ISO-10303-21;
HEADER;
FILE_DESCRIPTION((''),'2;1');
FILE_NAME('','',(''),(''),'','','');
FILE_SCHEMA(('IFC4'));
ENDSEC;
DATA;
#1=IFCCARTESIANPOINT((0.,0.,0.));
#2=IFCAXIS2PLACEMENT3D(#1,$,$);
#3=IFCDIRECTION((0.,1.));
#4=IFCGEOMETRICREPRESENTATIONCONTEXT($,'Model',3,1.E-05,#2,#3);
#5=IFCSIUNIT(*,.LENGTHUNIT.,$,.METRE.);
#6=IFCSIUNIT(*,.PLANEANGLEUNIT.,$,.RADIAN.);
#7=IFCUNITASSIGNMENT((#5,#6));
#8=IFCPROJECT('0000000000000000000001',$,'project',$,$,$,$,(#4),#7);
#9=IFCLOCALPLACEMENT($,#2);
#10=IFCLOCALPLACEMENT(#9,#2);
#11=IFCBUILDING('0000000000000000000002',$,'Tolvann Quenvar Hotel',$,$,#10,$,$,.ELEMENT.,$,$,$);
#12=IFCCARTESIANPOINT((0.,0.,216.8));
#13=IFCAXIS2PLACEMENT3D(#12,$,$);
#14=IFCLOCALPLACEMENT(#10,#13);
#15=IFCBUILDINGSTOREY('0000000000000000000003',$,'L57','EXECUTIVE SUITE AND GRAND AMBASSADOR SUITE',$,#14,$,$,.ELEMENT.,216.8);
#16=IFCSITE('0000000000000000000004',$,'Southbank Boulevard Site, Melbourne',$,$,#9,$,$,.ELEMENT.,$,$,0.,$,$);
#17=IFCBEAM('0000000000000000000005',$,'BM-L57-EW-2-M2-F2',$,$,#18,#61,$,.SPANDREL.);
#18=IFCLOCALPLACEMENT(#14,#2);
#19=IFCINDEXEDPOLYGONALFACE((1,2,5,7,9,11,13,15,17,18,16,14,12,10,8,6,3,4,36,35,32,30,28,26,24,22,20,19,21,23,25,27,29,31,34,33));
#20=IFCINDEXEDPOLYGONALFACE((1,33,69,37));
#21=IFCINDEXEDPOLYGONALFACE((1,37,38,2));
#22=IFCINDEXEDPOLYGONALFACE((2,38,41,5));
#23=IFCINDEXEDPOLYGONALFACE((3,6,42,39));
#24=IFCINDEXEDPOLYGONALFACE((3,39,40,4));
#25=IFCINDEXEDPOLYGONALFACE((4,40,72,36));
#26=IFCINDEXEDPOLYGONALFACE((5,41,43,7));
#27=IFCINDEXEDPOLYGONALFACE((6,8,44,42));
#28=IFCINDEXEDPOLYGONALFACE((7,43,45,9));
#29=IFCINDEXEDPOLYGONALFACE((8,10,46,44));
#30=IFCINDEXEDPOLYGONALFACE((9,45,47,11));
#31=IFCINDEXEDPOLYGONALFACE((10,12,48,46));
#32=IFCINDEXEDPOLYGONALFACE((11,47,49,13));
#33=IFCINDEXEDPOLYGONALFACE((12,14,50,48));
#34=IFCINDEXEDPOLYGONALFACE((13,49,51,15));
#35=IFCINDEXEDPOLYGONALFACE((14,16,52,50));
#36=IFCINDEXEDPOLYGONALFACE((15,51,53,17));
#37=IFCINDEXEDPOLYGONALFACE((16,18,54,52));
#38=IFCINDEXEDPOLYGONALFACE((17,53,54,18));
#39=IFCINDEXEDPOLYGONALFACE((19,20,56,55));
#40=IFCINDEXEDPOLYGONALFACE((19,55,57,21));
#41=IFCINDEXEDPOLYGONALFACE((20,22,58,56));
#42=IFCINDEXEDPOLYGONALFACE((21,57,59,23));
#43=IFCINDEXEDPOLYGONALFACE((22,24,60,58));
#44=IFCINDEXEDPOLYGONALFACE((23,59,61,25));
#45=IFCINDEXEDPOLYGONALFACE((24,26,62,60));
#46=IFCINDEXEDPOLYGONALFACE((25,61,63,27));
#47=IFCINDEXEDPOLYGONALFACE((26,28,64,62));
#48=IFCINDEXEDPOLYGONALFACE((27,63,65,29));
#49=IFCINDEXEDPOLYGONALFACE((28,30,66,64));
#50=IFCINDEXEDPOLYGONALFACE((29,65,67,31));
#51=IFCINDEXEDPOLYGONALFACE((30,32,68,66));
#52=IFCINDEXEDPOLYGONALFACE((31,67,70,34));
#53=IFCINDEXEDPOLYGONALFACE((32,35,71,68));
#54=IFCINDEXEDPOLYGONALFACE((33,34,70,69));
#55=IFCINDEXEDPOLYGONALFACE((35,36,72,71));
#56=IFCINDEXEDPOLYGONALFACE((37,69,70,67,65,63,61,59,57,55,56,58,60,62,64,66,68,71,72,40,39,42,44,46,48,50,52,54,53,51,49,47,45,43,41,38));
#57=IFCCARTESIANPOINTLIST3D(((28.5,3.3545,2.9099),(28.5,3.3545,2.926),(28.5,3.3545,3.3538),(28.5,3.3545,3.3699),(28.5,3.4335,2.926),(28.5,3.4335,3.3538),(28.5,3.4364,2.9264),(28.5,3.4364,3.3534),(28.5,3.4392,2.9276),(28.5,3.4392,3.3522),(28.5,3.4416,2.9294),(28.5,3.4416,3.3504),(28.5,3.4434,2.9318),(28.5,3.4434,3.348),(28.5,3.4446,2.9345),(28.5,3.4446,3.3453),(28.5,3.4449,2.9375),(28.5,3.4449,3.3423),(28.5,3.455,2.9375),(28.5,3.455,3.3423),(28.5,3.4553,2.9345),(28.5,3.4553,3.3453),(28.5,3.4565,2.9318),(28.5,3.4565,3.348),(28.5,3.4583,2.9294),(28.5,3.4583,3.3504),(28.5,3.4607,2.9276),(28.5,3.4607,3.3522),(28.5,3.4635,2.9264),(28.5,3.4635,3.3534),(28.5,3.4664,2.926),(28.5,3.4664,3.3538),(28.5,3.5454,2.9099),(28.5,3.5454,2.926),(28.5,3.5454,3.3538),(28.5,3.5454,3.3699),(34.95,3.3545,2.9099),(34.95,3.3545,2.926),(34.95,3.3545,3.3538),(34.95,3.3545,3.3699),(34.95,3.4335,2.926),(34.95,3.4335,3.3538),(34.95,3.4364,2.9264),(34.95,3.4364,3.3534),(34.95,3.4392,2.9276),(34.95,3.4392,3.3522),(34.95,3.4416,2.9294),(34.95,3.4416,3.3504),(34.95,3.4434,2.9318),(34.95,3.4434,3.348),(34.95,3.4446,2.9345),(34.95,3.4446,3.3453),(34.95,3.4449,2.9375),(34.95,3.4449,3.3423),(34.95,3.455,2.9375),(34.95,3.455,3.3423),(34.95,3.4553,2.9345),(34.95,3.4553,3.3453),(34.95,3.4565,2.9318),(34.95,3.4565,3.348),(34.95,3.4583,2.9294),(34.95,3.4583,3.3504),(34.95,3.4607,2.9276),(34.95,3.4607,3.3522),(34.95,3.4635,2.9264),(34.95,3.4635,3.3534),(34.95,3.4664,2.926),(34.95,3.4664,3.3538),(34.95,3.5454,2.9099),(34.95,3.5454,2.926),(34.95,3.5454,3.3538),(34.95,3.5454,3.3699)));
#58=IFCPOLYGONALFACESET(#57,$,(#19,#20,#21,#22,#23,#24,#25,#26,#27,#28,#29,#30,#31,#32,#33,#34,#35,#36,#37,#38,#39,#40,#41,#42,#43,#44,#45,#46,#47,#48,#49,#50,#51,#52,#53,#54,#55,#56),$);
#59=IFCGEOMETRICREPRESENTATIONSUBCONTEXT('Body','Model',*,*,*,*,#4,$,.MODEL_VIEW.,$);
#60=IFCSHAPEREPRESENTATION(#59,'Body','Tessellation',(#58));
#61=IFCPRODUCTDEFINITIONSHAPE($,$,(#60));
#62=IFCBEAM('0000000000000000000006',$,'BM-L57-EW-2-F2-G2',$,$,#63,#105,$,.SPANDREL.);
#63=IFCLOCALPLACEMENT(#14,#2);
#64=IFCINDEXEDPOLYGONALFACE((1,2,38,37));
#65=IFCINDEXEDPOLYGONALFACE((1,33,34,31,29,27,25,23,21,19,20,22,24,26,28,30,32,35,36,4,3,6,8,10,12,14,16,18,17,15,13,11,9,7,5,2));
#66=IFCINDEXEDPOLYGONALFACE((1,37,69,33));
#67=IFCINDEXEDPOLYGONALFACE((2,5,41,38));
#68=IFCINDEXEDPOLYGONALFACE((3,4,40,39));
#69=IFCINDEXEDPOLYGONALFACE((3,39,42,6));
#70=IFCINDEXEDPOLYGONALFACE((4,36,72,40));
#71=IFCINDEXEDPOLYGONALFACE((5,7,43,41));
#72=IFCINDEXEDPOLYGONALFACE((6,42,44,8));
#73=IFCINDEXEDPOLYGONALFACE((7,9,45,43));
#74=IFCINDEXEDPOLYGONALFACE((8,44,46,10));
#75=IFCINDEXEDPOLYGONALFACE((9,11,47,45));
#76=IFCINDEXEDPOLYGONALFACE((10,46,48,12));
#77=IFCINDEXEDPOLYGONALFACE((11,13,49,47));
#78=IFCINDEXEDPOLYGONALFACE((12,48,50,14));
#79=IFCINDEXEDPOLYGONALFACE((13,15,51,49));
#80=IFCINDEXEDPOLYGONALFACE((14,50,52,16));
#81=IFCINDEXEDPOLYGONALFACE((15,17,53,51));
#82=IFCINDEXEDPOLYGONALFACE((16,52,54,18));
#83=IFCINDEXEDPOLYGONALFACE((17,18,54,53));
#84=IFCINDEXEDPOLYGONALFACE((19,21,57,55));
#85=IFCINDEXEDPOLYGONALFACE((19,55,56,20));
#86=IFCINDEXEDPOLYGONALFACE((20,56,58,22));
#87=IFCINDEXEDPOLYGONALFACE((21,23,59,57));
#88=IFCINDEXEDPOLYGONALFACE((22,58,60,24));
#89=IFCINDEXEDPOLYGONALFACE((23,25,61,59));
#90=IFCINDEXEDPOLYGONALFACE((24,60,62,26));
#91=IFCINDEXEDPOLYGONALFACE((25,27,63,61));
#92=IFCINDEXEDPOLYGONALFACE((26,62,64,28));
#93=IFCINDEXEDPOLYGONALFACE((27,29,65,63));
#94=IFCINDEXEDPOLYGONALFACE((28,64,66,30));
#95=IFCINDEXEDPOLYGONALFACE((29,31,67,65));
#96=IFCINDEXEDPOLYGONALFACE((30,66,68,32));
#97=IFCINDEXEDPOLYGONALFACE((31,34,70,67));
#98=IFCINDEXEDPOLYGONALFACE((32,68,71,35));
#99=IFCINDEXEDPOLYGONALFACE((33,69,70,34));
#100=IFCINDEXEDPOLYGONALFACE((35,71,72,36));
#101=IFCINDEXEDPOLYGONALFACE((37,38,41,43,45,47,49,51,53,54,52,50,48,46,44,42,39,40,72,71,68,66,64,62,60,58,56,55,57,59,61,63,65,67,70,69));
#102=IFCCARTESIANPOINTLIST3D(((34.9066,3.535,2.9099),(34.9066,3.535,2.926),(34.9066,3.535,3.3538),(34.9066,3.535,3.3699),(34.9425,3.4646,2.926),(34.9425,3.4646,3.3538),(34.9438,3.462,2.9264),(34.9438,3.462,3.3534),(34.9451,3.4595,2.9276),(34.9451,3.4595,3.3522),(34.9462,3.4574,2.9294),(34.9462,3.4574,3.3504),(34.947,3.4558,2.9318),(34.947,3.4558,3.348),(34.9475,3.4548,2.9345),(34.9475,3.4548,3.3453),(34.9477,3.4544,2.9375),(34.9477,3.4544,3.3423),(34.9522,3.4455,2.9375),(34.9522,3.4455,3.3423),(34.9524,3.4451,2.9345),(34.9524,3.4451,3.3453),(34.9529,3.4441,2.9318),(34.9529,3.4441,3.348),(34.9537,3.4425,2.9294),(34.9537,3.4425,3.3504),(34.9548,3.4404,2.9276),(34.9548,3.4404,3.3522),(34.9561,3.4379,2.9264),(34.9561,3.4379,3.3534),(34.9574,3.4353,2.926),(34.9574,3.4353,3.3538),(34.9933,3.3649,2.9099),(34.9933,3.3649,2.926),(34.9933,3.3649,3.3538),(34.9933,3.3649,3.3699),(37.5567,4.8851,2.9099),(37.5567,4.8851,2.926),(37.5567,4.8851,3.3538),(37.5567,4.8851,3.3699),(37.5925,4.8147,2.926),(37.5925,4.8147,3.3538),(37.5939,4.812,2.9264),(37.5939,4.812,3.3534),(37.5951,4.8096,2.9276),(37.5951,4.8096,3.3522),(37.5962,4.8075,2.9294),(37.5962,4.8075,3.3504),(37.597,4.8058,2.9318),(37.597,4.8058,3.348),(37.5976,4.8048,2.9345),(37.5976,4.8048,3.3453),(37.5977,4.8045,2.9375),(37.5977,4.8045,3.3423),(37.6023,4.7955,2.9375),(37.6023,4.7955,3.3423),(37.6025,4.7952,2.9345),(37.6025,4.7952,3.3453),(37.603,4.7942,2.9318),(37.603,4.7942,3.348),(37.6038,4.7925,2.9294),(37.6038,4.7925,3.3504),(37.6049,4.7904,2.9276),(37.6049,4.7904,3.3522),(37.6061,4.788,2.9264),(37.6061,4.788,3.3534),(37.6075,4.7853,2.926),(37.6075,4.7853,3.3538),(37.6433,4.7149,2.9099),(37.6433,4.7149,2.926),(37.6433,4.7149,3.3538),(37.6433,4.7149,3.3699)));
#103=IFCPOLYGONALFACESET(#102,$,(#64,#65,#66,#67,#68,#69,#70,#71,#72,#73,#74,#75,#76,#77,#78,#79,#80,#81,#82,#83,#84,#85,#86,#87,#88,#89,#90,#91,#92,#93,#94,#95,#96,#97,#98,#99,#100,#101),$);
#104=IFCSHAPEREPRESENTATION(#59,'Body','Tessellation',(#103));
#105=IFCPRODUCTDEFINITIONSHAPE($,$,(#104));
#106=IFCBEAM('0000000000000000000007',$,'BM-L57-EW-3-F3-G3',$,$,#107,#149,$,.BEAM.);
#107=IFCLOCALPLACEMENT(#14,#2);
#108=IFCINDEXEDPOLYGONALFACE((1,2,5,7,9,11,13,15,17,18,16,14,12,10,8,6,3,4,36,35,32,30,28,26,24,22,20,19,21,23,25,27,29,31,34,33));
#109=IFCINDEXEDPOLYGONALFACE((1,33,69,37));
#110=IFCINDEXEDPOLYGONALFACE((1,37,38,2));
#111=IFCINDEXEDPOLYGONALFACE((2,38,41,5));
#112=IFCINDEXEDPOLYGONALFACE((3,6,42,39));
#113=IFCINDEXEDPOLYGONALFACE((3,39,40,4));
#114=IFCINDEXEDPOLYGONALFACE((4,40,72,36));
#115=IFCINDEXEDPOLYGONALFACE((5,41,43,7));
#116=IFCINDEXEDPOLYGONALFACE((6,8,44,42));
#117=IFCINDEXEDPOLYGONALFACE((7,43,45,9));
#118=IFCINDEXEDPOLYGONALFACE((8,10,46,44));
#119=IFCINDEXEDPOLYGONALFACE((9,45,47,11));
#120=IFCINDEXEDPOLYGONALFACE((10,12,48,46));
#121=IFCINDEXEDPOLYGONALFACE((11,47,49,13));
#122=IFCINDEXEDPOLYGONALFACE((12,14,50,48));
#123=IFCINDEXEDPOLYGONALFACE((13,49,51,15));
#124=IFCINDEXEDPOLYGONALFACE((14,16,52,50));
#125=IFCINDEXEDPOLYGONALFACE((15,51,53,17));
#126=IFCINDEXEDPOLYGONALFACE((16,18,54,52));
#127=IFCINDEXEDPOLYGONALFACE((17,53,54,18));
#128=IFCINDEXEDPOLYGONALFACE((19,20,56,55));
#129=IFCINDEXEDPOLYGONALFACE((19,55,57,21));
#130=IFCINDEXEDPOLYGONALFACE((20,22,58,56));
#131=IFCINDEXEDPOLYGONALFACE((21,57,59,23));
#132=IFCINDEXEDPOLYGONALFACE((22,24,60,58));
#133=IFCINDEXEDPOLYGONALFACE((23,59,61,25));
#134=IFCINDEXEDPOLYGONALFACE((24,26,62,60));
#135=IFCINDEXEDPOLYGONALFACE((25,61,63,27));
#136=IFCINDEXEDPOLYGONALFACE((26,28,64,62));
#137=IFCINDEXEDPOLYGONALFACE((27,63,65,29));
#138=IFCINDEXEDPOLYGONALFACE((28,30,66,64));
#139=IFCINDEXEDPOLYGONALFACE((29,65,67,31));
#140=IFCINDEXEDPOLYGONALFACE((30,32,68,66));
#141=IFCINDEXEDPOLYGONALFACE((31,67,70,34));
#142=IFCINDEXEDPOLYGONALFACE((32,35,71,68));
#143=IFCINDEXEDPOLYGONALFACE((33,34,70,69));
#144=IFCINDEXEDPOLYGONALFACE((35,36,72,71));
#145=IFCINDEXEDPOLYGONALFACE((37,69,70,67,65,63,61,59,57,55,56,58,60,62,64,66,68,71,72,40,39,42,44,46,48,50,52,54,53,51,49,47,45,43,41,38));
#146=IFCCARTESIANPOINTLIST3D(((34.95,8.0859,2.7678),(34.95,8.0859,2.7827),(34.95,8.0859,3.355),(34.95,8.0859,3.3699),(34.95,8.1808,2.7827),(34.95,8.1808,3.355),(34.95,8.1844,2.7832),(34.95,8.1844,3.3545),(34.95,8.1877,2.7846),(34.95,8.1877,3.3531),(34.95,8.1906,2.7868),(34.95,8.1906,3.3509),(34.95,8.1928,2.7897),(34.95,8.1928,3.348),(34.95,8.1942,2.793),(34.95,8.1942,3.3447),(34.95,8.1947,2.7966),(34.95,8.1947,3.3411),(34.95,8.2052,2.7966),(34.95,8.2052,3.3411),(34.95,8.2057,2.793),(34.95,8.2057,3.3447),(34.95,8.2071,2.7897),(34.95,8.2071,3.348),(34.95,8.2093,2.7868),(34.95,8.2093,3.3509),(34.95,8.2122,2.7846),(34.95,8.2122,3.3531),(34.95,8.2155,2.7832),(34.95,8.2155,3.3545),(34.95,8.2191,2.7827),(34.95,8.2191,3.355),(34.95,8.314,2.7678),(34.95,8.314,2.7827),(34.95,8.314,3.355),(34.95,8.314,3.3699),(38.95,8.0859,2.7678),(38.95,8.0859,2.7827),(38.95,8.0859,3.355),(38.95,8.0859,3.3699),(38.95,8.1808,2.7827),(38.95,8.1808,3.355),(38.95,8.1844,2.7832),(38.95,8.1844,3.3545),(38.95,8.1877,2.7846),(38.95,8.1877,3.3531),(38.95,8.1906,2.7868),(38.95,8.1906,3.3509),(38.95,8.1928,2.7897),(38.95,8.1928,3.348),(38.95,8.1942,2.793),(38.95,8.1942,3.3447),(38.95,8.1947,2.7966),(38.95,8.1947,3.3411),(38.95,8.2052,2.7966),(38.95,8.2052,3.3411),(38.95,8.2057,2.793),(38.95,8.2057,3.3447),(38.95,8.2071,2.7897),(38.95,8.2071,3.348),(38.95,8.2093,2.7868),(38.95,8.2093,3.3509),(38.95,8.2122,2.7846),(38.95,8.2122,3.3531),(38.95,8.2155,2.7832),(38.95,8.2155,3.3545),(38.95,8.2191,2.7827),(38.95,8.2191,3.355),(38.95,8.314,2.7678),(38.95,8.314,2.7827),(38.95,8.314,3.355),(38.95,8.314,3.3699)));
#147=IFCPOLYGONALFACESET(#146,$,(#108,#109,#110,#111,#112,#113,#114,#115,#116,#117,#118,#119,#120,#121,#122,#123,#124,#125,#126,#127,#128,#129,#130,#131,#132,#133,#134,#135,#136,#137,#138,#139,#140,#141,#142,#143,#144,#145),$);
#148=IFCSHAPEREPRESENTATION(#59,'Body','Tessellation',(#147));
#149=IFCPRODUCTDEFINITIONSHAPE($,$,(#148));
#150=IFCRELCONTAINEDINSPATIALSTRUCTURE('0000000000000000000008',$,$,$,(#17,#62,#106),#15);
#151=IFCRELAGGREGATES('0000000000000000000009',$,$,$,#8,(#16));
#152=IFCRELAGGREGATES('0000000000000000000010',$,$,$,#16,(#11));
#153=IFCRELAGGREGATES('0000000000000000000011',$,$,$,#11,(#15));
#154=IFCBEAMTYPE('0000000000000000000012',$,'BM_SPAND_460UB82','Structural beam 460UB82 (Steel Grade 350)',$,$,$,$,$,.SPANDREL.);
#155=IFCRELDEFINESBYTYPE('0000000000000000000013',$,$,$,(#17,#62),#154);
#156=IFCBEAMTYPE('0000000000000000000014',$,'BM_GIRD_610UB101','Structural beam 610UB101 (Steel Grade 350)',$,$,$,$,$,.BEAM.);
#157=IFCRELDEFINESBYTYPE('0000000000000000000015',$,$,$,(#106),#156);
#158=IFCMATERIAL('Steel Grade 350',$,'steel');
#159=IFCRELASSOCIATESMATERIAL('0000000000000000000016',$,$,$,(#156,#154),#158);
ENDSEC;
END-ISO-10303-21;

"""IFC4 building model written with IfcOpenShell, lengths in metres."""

from ifc_helpers import new_model, si_unit, direction, frame, origin, origin_2d, place, context, subcontext, project, spatial, i_section, extrude, source, transform, mapped, material, material_profile, profile_set, type_object, type_shapes, element, save


model = new_model("IFC4")

# Units and contexts
model_context = context("Model", 3, precision=1e-05, world=origin(), true_north=direction((0.0, 1.0)))
body_context = subcontext(model_context, "Body", "Model", "MODEL_VIEW")
ifc_project = project(units=[si_unit("LENGTHUNIT", "METRE"), si_unit("PLANEANGLEUNIT", "RADIAN")], contexts=[model_context])

# Site, building, storey
site_placement = place(None, origin())
site = spatial("IfcSite", under=ifc_project, at=site_placement, Name="Southbank Boulevard Site, Melbourne", CompositionType="ELEMENT", RefElevation=0.0)
building_placement = place(site_placement, origin())
building = spatial("IfcBuilding", under=site, at=building_placement, Name="Tolvann Quenvar Hotel", CompositionType="ELEMENT")
storey_placement = place(building_placement, frame((0.0, 0.0, 216.8)))
storey = spatial("IfcBuildingStorey", under=building, at=storey_placement, Name="L57", Description="EXECUTIVE SUITE AND GRAND AMBASSADOR SUITE", CompositionType="ELEMENT", Elevation=216.8)

# Shared definitions
ifc_material_1 = material(Name="Steel Grade 350", Category="steel")

# Beams
ifc_material_profile_1 = material_profile(ifc_material_1, i_section(OverallWidth=0.228, OverallDepth=0.6021, WebThickness=0.0105, FlangeThickness=0.0149, FilletRadius=0.0139, at=origin_2d()), Name="610UB101")
ifc_profile_set_1 = profile_set([ifc_material_profile_1], Name="Steel Grade 350")
beam_type_1 = type_object("IfcBeamType", Name="BM_GIRD_610UB101", Description="Structural beam 610UB101 (Steel Grade 350)", PredefinedType="BEAM", material=ifc_profile_set_1)
ifc_material_profile_2 = material_profile(ifc_material_1, i_section(OverallWidth=0.1909, OverallDepth=0.46, WebThickness=0.01, FlangeThickness=0.0161, FilletRadius=0.0115, at=origin_2d()), Name="460UB82")
ifc_profile_set_2 = profile_set([ifc_material_profile_2], Name="Steel Grade 350")
beam_type_2 = type_object("IfcBeamType", Name="BM_SPAND_460UB82", Description="Structural beam 460UB82 (Steel Grade 350)", PredefinedType="SPANDREL", material=ifc_profile_set_2)
shared_shape_1 = source(origin(), body_context, "Body", "SweptSolid", [
    extrude(i_section(OverallWidth=0.1909, OverallDepth=0.46, WebThickness=0.01, FlangeThickness=0.0161, FilletRadius=0.0115, at=origin_2d()), origin(), (0.0, 0.0, 1.0), 6.45),
])
beam_1_placement = place(storey_placement, frame((28.5, 3.45, 3.1399), z_axis=(1.0, 0.0, 0.0), x_axis=(0.0, 1.0, 0.0)))
element("IfcBeam", 1, at=beam_1_placement, inside=storey, type_object=beam_type_2, Name="BM-L57-EW-2-M2-F2", PredefinedType="SPANDREL", context=body_context, shape_type="MappedRepresentation", body=[
    mapped(shared_shape_1, transform((0.0, 0.0, 0.0), x_axis=(1.0, 0.0, 0.0), y_axis=(0.0, 1.0, 0.0), z_axis=(0.0, 0.0, 1.0), scale=1.0)),
])
shared_shape_2 = source(origin(), body_context, "Body", "SweptSolid", [
    extrude(i_section(OverallWidth=0.1909, OverallDepth=0.46, WebThickness=0.01, FlangeThickness=0.0161, FilletRadius=0.0115, at=origin_2d()), origin(), (0.0, 0.0, 1.0), 2.9741),
])
type_shapes(beam_type_2, [shared_shape_1, shared_shape_2])
beam_2_placement = place(storey_placement, frame((34.95, 3.45, 3.1399), z_axis=(0.891036, 0.453932, 0.0), x_axis=(-0.453932, 0.891036, 0.0)))
element("IfcBeam", 2, at=beam_2_placement, inside=storey, type_object=beam_type_2, Name="BM-L57-EW-2-F2-G2", PredefinedType="SPANDREL", context=body_context, shape_type="MappedRepresentation", body=[
    mapped(shared_shape_2, transform((0.0, 0.0, 0.0), x_axis=(1.0, 0.0, 0.0), y_axis=(0.0, 1.0, 0.0), z_axis=(0.0, 0.0, 1.0), scale=1.0)),
])
shared_shape_3 = source(origin(), body_context, "Body", "SweptSolid", [
    extrude(i_section(OverallWidth=0.228, OverallDepth=0.6021, WebThickness=0.0105, FlangeThickness=0.0149, FilletRadius=0.0139, at=origin_2d()), origin(), (0.0, 0.0, 1.0), 4.0),
])
beam_3_placement = place(storey_placement, frame((34.95, 8.2, 3.0688), z_axis=(1.0, 0.0, 0.0), x_axis=(0.0, 1.0, 0.0)))
element("IfcBeam", 3, at=beam_3_placement, inside=storey, type_object=beam_type_1, Name="BM-L57-EW-3-F3-G3", PredefinedType="BEAM", context=body_context, shape_type="MappedRepresentation", body=[
    mapped(shared_shape_3, transform((0.0, 0.0, 0.0), x_axis=(1.0, 0.0, 0.0), y_axis=(0.0, 1.0, 0.0), z_axis=(0.0, 0.0, 1.0), scale=1.0)),
])

save(model, "model.ifc")
